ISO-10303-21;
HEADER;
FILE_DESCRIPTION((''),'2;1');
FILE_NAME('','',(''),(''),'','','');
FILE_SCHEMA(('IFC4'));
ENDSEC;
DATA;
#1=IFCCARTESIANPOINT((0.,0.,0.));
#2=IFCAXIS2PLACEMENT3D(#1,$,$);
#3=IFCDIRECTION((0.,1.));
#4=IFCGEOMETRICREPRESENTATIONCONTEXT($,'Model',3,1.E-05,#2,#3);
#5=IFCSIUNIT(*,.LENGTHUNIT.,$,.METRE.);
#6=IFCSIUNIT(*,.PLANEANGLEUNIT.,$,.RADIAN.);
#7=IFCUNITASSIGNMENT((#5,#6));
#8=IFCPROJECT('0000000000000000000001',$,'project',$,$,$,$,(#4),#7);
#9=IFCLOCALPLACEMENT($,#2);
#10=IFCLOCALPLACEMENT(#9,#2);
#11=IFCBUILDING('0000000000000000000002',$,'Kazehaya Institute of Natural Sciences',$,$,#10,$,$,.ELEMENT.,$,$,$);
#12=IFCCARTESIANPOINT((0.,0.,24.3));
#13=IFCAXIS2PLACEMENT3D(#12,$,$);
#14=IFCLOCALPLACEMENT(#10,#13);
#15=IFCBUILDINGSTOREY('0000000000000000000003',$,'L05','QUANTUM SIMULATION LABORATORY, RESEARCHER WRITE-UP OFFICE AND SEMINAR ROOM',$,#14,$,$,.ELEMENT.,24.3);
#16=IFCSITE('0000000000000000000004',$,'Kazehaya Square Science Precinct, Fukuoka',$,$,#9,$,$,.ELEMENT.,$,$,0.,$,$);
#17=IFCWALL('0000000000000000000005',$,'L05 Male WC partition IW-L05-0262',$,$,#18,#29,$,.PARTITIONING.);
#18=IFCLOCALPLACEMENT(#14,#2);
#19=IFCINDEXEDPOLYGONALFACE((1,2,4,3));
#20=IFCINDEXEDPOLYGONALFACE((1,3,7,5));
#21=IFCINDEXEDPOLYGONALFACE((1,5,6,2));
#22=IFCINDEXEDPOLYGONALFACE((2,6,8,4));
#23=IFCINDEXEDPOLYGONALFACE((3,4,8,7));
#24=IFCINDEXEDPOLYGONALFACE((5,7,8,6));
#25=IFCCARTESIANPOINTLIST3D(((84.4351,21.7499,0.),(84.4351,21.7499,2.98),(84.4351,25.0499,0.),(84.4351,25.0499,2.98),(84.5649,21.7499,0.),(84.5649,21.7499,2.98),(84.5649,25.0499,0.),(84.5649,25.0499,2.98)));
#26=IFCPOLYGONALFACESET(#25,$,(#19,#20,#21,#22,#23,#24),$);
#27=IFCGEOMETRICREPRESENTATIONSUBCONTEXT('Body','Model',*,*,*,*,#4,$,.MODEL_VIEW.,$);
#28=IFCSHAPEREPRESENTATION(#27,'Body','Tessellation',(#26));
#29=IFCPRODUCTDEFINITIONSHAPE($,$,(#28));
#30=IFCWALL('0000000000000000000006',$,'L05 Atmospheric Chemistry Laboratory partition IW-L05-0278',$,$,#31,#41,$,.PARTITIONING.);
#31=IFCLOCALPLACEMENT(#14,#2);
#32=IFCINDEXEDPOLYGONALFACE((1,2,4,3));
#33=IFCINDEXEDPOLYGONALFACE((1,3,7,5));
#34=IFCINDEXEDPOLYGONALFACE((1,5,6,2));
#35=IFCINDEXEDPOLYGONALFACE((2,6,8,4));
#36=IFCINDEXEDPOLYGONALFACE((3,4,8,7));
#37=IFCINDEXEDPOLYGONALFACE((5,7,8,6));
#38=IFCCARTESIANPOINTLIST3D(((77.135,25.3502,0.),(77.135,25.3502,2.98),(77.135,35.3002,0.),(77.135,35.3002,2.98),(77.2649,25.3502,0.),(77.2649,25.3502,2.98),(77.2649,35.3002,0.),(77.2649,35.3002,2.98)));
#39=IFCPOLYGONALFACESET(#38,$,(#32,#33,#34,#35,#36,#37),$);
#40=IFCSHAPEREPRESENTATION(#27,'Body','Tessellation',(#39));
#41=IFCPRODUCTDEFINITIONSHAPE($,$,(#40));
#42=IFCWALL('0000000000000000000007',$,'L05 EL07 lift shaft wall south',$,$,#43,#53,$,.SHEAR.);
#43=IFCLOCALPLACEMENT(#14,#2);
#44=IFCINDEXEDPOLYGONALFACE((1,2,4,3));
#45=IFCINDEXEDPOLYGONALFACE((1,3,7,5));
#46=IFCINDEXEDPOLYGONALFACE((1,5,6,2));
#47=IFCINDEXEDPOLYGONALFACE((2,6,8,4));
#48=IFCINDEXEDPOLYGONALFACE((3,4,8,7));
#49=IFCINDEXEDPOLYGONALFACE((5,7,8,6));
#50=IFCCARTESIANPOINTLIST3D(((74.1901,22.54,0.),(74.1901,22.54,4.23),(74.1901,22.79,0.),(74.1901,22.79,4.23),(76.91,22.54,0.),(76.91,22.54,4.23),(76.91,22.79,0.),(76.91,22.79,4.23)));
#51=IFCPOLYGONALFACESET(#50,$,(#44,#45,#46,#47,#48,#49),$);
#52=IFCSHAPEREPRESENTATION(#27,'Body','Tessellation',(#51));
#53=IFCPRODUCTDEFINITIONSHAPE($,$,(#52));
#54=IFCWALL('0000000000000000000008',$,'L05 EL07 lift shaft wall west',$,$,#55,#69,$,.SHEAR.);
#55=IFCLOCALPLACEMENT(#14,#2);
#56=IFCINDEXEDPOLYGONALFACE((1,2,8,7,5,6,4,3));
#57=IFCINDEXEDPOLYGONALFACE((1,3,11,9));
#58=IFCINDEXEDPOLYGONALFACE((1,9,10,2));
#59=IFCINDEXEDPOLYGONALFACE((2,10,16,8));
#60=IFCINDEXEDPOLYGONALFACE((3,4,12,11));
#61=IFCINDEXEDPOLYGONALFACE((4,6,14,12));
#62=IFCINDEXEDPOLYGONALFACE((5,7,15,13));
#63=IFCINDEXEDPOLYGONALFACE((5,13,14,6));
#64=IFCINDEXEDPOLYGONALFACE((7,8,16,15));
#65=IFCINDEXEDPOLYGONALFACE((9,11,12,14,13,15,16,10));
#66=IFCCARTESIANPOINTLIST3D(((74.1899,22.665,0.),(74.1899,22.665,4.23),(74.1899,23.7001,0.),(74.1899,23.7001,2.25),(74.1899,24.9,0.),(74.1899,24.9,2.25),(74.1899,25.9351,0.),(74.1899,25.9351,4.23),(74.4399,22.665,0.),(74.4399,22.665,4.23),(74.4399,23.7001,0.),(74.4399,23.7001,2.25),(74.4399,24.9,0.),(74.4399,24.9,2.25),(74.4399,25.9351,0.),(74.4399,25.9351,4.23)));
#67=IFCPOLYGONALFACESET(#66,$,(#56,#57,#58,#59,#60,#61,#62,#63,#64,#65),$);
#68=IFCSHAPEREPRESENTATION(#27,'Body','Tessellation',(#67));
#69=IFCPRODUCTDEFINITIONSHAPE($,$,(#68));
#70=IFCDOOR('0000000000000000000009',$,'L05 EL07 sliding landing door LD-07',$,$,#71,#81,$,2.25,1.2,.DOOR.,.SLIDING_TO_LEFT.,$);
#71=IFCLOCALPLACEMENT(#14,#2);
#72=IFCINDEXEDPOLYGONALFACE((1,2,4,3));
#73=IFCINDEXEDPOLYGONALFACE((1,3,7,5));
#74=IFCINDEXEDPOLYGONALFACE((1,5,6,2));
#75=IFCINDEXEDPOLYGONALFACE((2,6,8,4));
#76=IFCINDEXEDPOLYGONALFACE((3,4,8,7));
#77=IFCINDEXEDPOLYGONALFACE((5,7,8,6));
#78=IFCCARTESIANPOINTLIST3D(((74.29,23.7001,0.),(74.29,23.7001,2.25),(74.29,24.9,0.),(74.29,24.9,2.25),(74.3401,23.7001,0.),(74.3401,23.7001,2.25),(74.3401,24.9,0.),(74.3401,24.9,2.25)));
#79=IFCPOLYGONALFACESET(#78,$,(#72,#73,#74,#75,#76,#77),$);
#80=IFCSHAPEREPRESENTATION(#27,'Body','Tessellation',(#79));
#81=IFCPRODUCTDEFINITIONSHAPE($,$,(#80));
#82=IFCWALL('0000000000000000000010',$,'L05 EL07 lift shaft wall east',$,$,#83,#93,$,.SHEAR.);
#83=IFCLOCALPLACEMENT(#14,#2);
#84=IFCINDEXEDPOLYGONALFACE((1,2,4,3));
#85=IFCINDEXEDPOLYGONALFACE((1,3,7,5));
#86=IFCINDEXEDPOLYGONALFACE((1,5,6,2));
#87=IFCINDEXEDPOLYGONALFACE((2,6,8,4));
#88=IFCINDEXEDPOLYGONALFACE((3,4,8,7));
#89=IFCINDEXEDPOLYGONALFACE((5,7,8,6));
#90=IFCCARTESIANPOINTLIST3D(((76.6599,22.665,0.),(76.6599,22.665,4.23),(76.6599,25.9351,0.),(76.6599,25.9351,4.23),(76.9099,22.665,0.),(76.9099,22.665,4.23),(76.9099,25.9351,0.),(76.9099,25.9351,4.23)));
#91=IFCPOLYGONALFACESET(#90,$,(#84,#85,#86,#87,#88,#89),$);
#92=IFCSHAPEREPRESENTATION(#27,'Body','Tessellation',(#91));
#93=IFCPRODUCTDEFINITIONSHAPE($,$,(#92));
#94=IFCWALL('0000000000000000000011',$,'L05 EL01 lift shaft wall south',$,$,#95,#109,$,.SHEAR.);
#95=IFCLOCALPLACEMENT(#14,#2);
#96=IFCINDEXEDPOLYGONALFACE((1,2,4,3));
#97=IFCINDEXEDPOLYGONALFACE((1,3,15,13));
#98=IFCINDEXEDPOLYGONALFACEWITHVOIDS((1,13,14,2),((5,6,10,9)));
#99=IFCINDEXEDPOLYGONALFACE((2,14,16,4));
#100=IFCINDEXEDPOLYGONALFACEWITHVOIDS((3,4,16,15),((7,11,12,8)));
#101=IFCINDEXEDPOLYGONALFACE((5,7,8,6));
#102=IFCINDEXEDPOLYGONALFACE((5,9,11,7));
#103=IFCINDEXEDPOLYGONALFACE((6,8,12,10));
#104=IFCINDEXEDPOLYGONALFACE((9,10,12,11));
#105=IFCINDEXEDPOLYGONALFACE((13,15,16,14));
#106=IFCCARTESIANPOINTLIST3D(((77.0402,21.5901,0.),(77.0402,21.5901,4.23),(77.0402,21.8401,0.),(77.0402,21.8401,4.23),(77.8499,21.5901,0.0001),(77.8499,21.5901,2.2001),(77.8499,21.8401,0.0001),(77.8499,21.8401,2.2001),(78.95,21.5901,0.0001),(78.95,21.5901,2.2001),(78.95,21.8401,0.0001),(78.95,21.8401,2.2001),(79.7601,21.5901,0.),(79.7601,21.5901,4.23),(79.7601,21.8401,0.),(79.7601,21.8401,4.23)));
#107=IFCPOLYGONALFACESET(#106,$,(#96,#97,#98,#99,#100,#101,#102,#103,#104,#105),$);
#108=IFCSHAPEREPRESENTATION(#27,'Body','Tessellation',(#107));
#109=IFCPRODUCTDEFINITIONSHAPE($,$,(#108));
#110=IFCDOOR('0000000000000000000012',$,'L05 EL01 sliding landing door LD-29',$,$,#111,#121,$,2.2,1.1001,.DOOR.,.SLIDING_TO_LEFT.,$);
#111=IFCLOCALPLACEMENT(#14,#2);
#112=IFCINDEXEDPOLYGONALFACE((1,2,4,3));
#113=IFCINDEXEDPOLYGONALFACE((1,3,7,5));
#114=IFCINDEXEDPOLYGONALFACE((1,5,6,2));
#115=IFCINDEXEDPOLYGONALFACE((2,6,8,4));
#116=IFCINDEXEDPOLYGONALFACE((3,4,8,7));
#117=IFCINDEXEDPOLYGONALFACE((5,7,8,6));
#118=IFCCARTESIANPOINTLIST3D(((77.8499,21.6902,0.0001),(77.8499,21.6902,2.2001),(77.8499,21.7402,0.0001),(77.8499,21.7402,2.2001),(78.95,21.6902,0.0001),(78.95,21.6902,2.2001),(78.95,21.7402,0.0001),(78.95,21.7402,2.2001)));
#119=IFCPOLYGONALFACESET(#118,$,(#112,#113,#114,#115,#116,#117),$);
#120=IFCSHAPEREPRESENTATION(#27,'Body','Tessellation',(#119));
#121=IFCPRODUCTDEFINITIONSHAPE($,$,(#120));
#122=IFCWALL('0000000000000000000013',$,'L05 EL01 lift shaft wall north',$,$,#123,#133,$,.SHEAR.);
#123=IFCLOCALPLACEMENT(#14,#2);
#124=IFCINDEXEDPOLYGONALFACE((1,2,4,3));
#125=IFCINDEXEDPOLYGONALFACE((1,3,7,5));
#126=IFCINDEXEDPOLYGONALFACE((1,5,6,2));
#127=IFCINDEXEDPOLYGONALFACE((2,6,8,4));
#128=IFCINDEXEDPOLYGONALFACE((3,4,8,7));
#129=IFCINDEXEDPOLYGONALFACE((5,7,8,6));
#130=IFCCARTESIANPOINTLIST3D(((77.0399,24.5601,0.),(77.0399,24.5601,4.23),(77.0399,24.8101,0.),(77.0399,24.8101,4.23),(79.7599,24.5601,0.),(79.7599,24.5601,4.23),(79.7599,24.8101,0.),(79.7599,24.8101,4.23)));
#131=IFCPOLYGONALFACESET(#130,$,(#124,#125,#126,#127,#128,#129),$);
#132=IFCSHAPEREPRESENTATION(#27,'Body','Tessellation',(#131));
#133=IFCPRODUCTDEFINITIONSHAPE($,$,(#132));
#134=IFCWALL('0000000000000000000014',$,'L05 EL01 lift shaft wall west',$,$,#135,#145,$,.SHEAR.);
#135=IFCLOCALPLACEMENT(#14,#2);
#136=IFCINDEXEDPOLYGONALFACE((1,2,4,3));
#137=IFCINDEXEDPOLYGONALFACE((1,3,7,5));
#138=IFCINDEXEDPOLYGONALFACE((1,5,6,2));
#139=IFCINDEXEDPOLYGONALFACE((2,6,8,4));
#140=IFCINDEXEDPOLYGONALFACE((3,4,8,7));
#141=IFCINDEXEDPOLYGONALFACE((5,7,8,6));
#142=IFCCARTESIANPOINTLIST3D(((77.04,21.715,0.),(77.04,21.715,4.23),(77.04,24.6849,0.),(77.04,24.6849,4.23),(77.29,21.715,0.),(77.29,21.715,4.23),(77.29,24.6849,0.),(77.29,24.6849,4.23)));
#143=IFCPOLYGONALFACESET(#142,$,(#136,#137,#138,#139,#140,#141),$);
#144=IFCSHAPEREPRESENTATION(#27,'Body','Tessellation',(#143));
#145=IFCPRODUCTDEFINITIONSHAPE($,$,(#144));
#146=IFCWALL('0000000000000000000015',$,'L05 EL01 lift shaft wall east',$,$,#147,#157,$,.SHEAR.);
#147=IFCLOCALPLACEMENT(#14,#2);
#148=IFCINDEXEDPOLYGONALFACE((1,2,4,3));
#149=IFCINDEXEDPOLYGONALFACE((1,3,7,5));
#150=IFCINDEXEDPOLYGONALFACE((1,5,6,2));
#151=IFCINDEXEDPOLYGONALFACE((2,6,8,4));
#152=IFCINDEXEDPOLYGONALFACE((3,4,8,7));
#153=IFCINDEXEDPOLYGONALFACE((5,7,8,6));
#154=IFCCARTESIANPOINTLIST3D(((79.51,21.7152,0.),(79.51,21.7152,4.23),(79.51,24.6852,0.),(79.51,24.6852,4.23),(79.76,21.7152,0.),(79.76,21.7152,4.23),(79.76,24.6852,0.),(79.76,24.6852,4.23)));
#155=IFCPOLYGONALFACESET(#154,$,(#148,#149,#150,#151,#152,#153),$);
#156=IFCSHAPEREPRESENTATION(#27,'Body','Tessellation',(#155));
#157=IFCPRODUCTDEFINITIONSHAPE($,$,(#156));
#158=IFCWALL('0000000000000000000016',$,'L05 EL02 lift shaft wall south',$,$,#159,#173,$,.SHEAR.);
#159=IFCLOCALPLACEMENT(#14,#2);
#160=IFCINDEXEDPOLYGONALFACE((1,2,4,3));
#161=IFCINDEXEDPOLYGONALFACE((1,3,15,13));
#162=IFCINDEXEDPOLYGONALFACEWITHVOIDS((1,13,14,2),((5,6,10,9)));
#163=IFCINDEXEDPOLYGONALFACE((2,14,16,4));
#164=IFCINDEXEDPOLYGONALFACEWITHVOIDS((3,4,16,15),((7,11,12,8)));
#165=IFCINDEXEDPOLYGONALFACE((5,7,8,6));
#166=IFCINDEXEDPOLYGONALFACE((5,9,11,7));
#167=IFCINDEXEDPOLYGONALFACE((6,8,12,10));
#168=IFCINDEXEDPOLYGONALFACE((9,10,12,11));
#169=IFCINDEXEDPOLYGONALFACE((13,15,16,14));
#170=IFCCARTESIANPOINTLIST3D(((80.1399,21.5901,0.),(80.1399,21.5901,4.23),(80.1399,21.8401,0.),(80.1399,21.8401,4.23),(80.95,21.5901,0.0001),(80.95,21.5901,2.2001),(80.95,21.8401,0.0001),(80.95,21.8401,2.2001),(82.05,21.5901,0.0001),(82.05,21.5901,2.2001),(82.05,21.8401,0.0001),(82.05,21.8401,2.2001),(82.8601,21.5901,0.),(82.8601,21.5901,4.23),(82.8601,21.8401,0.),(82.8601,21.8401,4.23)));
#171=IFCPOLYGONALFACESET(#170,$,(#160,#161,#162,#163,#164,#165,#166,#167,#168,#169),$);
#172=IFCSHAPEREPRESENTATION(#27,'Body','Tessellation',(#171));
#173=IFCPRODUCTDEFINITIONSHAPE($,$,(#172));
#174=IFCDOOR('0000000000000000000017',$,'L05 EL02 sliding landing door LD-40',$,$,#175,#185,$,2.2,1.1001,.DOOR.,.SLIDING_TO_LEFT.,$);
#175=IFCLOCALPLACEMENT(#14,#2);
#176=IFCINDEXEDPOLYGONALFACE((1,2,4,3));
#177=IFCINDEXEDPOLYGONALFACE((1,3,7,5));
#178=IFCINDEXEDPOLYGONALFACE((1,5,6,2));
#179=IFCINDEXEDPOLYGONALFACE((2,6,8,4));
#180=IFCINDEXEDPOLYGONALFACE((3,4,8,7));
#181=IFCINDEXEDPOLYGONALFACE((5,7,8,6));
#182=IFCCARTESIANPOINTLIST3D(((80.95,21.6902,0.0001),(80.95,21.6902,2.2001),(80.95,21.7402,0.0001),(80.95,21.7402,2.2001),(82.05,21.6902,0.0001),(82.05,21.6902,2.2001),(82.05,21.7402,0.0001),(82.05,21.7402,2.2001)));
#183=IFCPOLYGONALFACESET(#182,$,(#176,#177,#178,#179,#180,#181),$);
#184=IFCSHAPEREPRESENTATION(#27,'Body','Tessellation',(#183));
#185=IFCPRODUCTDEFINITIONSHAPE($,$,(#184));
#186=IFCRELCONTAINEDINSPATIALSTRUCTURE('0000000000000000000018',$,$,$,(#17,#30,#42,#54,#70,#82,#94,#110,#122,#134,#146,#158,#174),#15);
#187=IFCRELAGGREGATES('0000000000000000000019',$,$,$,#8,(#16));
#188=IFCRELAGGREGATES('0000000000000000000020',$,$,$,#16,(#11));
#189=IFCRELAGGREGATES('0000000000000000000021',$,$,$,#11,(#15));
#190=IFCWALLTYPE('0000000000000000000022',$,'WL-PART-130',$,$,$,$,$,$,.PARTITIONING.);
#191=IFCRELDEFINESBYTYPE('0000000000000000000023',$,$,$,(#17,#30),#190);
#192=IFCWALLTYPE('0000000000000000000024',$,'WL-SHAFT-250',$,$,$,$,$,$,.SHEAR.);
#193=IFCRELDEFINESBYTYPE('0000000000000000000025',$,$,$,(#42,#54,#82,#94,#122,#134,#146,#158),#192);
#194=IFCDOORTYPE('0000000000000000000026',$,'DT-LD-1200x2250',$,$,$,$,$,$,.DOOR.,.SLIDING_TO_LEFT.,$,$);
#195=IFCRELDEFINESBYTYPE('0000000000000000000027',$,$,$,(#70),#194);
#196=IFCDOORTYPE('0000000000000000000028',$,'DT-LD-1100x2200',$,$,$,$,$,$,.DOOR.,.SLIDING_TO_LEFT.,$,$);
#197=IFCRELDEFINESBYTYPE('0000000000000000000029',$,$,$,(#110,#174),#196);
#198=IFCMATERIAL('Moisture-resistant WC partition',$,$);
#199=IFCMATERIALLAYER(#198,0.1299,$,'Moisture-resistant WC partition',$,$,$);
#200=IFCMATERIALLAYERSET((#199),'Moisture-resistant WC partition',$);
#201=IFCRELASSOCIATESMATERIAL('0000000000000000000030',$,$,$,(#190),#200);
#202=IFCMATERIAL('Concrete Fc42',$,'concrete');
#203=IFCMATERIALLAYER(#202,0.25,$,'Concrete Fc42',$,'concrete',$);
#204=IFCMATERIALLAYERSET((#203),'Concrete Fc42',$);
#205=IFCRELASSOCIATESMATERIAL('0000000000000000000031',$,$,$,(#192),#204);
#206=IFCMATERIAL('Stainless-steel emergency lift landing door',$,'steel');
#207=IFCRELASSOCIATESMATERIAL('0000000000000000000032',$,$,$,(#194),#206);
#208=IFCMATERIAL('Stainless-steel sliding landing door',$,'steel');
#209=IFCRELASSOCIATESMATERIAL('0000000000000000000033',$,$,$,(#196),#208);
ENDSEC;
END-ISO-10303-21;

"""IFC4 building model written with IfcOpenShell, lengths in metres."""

from ifc_helpers import new_model, si_unit, direction, frame, frame_2d, origin, place, context, subcontext, project, spatial, rectangle, extrude, material, layer, layer_set, type_object, element, fill, save


model = new_model("IFC4")

# Units and contexts
model_context = context("Model", 3, precision=1e-05, world=origin(), true_north=direction((0.0, 1.0)))
body_context = subcontext(model_context, "Body", "Model", "MODEL_VIEW")
ifc_project = project(units=[si_unit("LENGTHUNIT", "METRE"), si_unit("PLANEANGLEUNIT", "RADIAN")], contexts=[model_context])

# Site, building, storey
site_placement = place(None, origin())
site = spatial("IfcSite", under=ifc_project, at=site_placement, Name="Kazehaya Square Science Precinct, Fukuoka", CompositionType="ELEMENT", RefElevation=0.0)
building_placement = place(site_placement, origin())
building = spatial("IfcBuilding", under=site, at=building_placement, Name="Kazehaya Institute of Natural Sciences", CompositionType="ELEMENT")
storey_placement = place(building_placement, frame((0.0, 0.0, 24.3)))
storey = spatial("IfcBuildingStorey", under=building, at=storey_placement, Name="L05", Description="QUANTUM SIMULATION LABORATORY, RESEARCHER WRITE-UP OFFICE AND SEMINAR ROOM", CompositionType="ELEMENT", Elevation=24.3)

# Shared definitions
ifc_material_1 = material(Name="Concrete Fc42", Category="concrete")

# Walls
ifc_material_2 = material(Name="Moisture-resistant WC partition")
ifc_layer_1 = layer(ifc_material_2, 0.1299, Name="Moisture-resistant WC partition")
ifc_layer_set_1 = layer_set([ifc_layer_1], Name="Moisture-resistant WC partition")
wall_type_1 = type_object("IfcWallType", Name="WL-PART-130", PredefinedType="PARTITIONING", material=ifc_layer_set_1)
wall_1_placement = place(storey_placement, frame((84.5, 21.75, 0.0), z_axis=(0.0, 0.0, 1.0), x_axis=(0.0, 1.0, 0.0)))
element("IfcWall", 1, at=wall_1_placement, inside=storey, type_object=wall_type_1, Name="L05 Male WC partition IW-L05-0262", PredefinedType="PARTITIONING", context=body_context, shape_type="SweptSolid", body=[
    extrude(rectangle(XDim=3.3, YDim=0.1299, at=frame_2d((1.6499, 0.0))), origin(), (0.0, 0.0, 1.0), 2.98),
])
wall_2_placement = place(storey_placement, frame((77.2, 25.3501, 0.0), z_axis=(0.0, 0.0, 1.0), x_axis=(0.0, 1.0, 0.0)))
element("IfcWall", 2, at=wall_2_placement, inside=storey, type_object=wall_type_1, Name="L05 Atmospheric Chemistry Laboratory partition IW-L05-0278", PredefinedType="PARTITIONING", context=body_context, shape_type="SweptSolid", body=[
    extrude(rectangle(XDim=9.95, YDim=0.1299, at=frame_2d((4.9751, 0.0))), origin(), (0.0, 0.0, 1.0), 2.98),
])
ifc_layer_2 = layer(ifc_material_1, 0.25, Name="Concrete Fc42", Category="concrete")
ifc_layer_set_2 = layer_set([ifc_layer_2], Name="Concrete Fc42")
wall_type_2 = type_object("IfcWallType", Name="WL-SHAFT-250", PredefinedType="SHEAR", material=ifc_layer_set_2)
wall_3_placement = place(storey_placement, frame((76.9099, 22.665, 0.0), z_axis=(0.0, 0.0, 1.0), x_axis=(-1.0, 0.0, 0.0)))
element("IfcWall", 3, at=wall_3_placement, inside=storey, type_object=wall_type_2, Name="L05 EL07 lift shaft wall south", PredefinedType="SHEAR", context=body_context, shape_type="SweptSolid", body=[
    extrude(rectangle(XDim=2.72, YDim=0.25, at=frame_2d((1.3599, 0.0))), origin(), (0.0, 0.0, 1.0), 4.23),
])

# Wall, opening, door
wall_4_placement = place(storey_placement, frame((74.3149, 22.665, 0.0), z_axis=(0.0, 0.0, 1.0), x_axis=(0.0, 1.0, 0.0)))
wall_4 = element("IfcWall", 4, at=wall_4_placement, inside=storey, type_object=wall_type_2, Name="L05 EL07 lift shaft wall west", PredefinedType="SHEAR", context=body_context, shape_type="SweptSolid", body=[
    extrude(rectangle(XDim=3.27, YDim=0.25, at=frame_2d((1.635, 0.0))), origin(), (0.0, 0.0, 1.0), 4.23),
])
opening_1_placement = place(wall_4_placement, frame((1.0349, 0.0, 0.0)))
opening_1 = element("IfcOpeningElement", 5, at=opening_1_placement, cuts=wall_4, PredefinedType="OPENING", context=body_context, shape_type="SweptSolid", body=[
    extrude(rectangle(XDim=1.2, YDim=2.25, at=frame_2d((0.6001, 1.125))), frame((0.0, 0.135, 0.0), z_axis=(0.0, -1.0, 0.0), x_axis=(1.0, 0.0, 0.0)), (0.0, 0.0, 1.0), 0.27),
])
ifc_material_3 = material(Name="Stainless-steel emergency lift landing door", Category="steel")
door_type_1 = type_object("IfcDoorType", Name="DT-LD-1200x2250", OperationType="SLIDING_TO_LEFT", PredefinedType="DOOR", material=ifc_material_3)
door_1_placement = place(opening_1_placement, origin())
door_1 = element("IfcDoor", 6, at=door_1_placement, inside=storey, type_object=door_type_1, Name="L05 EL07 sliding landing door LD-07", OperationType="SLIDING_TO_LEFT", OverallHeight=2.25, OverallWidth=1.2, PredefinedType="DOOR", context=body_context, shape_type="SweptSolid", body=[
    extrude(rectangle(XDim=1.2, YDim=2.25, at=frame_2d((0.6001, 1.125))), frame((0.0, 0.0249, 0.0), z_axis=(0.0, -1.0, 0.0), x_axis=(1.0, 0.0, 0.0)), (0.0, 0.0, 1.0), 0.05),
])
fill(opening_1, door_1)

# Wall
wall_5_placement = place(storey_placement, frame((76.7849, 25.9351, 0.0), z_axis=(0.0, 0.0, 1.0), x_axis=(0.0, -1.0, 0.0)))
element("IfcWall", 7, at=wall_5_placement, inside=storey, type_object=wall_type_2, Name="L05 EL07 lift shaft wall east", PredefinedType="SHEAR", context=body_context, shape_type="SweptSolid", body=[
    extrude(rectangle(XDim=3.27, YDim=0.25, at=frame_2d((1.635, 0.0))), origin(), (0.0, 0.0, 1.0), 4.23),
])

# Wall, opening, door
wall_6_placement = place(storey_placement, frame((79.76, 21.7151, 0.0), z_axis=(0.0, 0.0, 1.0), x_axis=(-1.0, 0.0, 0.0)))
wall_6 = element("IfcWall", 8, at=wall_6_placement, inside=storey, type_object=wall_type_2, Name="L05 EL01 lift shaft wall south", PredefinedType="SHEAR", context=body_context, shape_type="SweptSolid", body=[
    extrude(rectangle(XDim=2.72, YDim=0.25, at=frame_2d((1.3599, 0.0))), origin(), (0.0, 0.0, 1.0), 4.23),
])
opening_2_placement = place(wall_6_placement, frame((0.8101, 0.0, 0.0)))
opening_2 = element("IfcOpeningElement", 9, at=opening_2_placement, cuts=wall_6, PredefinedType="OPENING", context=body_context, shape_type="SweptSolid", body=[
    extrude(rectangle(XDim=1.1001, YDim=2.2, at=frame_2d((0.55, 1.1001))), frame((0.0, 0.135, 0.0), z_axis=(0.0, -1.0, 0.0), x_axis=(1.0, 0.0, 0.0)), (0.0, 0.0, 1.0), 0.27),
])
ifc_material_4 = material(Name="Stainless-steel sliding landing door", Category="steel")
door_type_2 = type_object("IfcDoorType", Name="DT-LD-1100x2200", OperationType="SLIDING_TO_LEFT", PredefinedType="DOOR", material=ifc_material_4)
door_2_placement = place(opening_2_placement, origin())
door_2 = element("IfcDoor", 10, at=door_2_placement, inside=storey, type_object=door_type_2, Name="L05 EL01 sliding landing door LD-29", OperationType="SLIDING_TO_LEFT", OverallHeight=2.2, OverallWidth=1.1001, PredefinedType="DOOR", context=body_context, shape_type="SweptSolid", body=[
    extrude(rectangle(XDim=1.1001, YDim=2.2, at=frame_2d((0.55, 1.1001))), frame((0.0, 0.0249, 0.0), z_axis=(0.0, -1.0, 0.0), x_axis=(1.0, 0.0, 0.0)), (0.0, 0.0, 1.0), 0.05),
])
fill(opening_2, door_2)

# Walls
wall_7_placement = place(storey_placement, frame((77.04, 24.6851, 0.0), z_axis=(0.0, 0.0, 1.0), x_axis=(1.0, 0.0, 0.0)))
element("IfcWall", 11, at=wall_7_placement, inside=storey, type_object=wall_type_2, Name="L05 EL01 lift shaft wall north", PredefinedType="SHEAR", context=body_context, shape_type="SweptSolid", body=[
    extrude(rectangle(XDim=2.72, YDim=0.25, at=frame_2d((1.3599, 0.0))), origin(), (0.0, 0.0, 1.0), 4.23),
])
for number, where, z_axis, x_axis, name in (
    (12, (77.165, 21.7151, 0.0), (0.0, 0.0, 1.0), (0.0, 1.0, 0.0), "L05 EL01 lift shaft wall west"),
    (13, (79.635, 24.6851, 0.0), (0.0, 0.0, 1.0), (0.0, -1.0, 0.0), "L05 EL01 lift shaft wall east"),
):
    element("IfcWall", number, at=place(storey_placement, frame(where, z_axis=z_axis, x_axis=x_axis)), inside=storey, type_object=wall_type_2, Name=name, PredefinedType="SHEAR", context=body_context, shape_type="SweptSolid", body=[
        extrude(rectangle(XDim=2.97, YDim=0.25, at=frame_2d((1.4849, 0.0))), origin(), (0.0, 0.0, 1.0), 4.23),
    ])

# Wall, opening, door
wall_8_placement = place(storey_placement, frame((82.8601, 21.7151, 0.0), z_axis=(0.0, 0.0, 1.0), x_axis=(-1.0, 0.0, 0.0)))
wall_8 = element("IfcWall", 14, at=wall_8_placement, inside=storey, type_object=wall_type_2, Name="L05 EL02 lift shaft wall south", PredefinedType="SHEAR", context=body_context, shape_type="SweptSolid", body=[
    extrude(rectangle(XDim=2.7202, YDim=0.25, at=frame_2d((1.3601, 0.0))), origin(), (0.0, 0.0, 1.0), 4.23),
])
opening_3_placement = place(wall_8_placement, frame((0.8101, 0.0, 0.0)))
opening_3 = element("IfcOpeningElement", 15, at=opening_3_placement, cuts=wall_8, PredefinedType="OPENING", context=body_context, shape_type="SweptSolid", body=[
    extrude(rectangle(XDim=1.1001, YDim=2.2, at=frame_2d((0.55, 1.1001))), frame((0.0, 0.135, 0.0), z_axis=(0.0, -1.0, 0.0), x_axis=(1.0, 0.0, 0.0)), (0.0, 0.0, 1.0), 0.27),
])
door_3_placement = place(opening_3_placement, origin())
door_3 = element("IfcDoor", 16, at=door_3_placement, inside=storey, type_object=door_type_2, Name="L05 EL02 sliding landing door LD-40", OperationType="SLIDING_TO_LEFT", OverallHeight=2.2, OverallWidth=1.1001, PredefinedType="DOOR", context=body_context, shape_type="SweptSolid", body=[
    extrude(rectangle(XDim=1.1001, YDim=2.2, at=frame_2d((0.55, 1.1001))), frame((0.0, 0.0249, 0.0), z_axis=(0.0, -1.0, 0.0), x_axis=(1.0, 0.0, 0.0)), (0.0, 0.0, 1.0), 0.05),
])
fill(opening_3, door_3)

save(model, "model.ifc")
